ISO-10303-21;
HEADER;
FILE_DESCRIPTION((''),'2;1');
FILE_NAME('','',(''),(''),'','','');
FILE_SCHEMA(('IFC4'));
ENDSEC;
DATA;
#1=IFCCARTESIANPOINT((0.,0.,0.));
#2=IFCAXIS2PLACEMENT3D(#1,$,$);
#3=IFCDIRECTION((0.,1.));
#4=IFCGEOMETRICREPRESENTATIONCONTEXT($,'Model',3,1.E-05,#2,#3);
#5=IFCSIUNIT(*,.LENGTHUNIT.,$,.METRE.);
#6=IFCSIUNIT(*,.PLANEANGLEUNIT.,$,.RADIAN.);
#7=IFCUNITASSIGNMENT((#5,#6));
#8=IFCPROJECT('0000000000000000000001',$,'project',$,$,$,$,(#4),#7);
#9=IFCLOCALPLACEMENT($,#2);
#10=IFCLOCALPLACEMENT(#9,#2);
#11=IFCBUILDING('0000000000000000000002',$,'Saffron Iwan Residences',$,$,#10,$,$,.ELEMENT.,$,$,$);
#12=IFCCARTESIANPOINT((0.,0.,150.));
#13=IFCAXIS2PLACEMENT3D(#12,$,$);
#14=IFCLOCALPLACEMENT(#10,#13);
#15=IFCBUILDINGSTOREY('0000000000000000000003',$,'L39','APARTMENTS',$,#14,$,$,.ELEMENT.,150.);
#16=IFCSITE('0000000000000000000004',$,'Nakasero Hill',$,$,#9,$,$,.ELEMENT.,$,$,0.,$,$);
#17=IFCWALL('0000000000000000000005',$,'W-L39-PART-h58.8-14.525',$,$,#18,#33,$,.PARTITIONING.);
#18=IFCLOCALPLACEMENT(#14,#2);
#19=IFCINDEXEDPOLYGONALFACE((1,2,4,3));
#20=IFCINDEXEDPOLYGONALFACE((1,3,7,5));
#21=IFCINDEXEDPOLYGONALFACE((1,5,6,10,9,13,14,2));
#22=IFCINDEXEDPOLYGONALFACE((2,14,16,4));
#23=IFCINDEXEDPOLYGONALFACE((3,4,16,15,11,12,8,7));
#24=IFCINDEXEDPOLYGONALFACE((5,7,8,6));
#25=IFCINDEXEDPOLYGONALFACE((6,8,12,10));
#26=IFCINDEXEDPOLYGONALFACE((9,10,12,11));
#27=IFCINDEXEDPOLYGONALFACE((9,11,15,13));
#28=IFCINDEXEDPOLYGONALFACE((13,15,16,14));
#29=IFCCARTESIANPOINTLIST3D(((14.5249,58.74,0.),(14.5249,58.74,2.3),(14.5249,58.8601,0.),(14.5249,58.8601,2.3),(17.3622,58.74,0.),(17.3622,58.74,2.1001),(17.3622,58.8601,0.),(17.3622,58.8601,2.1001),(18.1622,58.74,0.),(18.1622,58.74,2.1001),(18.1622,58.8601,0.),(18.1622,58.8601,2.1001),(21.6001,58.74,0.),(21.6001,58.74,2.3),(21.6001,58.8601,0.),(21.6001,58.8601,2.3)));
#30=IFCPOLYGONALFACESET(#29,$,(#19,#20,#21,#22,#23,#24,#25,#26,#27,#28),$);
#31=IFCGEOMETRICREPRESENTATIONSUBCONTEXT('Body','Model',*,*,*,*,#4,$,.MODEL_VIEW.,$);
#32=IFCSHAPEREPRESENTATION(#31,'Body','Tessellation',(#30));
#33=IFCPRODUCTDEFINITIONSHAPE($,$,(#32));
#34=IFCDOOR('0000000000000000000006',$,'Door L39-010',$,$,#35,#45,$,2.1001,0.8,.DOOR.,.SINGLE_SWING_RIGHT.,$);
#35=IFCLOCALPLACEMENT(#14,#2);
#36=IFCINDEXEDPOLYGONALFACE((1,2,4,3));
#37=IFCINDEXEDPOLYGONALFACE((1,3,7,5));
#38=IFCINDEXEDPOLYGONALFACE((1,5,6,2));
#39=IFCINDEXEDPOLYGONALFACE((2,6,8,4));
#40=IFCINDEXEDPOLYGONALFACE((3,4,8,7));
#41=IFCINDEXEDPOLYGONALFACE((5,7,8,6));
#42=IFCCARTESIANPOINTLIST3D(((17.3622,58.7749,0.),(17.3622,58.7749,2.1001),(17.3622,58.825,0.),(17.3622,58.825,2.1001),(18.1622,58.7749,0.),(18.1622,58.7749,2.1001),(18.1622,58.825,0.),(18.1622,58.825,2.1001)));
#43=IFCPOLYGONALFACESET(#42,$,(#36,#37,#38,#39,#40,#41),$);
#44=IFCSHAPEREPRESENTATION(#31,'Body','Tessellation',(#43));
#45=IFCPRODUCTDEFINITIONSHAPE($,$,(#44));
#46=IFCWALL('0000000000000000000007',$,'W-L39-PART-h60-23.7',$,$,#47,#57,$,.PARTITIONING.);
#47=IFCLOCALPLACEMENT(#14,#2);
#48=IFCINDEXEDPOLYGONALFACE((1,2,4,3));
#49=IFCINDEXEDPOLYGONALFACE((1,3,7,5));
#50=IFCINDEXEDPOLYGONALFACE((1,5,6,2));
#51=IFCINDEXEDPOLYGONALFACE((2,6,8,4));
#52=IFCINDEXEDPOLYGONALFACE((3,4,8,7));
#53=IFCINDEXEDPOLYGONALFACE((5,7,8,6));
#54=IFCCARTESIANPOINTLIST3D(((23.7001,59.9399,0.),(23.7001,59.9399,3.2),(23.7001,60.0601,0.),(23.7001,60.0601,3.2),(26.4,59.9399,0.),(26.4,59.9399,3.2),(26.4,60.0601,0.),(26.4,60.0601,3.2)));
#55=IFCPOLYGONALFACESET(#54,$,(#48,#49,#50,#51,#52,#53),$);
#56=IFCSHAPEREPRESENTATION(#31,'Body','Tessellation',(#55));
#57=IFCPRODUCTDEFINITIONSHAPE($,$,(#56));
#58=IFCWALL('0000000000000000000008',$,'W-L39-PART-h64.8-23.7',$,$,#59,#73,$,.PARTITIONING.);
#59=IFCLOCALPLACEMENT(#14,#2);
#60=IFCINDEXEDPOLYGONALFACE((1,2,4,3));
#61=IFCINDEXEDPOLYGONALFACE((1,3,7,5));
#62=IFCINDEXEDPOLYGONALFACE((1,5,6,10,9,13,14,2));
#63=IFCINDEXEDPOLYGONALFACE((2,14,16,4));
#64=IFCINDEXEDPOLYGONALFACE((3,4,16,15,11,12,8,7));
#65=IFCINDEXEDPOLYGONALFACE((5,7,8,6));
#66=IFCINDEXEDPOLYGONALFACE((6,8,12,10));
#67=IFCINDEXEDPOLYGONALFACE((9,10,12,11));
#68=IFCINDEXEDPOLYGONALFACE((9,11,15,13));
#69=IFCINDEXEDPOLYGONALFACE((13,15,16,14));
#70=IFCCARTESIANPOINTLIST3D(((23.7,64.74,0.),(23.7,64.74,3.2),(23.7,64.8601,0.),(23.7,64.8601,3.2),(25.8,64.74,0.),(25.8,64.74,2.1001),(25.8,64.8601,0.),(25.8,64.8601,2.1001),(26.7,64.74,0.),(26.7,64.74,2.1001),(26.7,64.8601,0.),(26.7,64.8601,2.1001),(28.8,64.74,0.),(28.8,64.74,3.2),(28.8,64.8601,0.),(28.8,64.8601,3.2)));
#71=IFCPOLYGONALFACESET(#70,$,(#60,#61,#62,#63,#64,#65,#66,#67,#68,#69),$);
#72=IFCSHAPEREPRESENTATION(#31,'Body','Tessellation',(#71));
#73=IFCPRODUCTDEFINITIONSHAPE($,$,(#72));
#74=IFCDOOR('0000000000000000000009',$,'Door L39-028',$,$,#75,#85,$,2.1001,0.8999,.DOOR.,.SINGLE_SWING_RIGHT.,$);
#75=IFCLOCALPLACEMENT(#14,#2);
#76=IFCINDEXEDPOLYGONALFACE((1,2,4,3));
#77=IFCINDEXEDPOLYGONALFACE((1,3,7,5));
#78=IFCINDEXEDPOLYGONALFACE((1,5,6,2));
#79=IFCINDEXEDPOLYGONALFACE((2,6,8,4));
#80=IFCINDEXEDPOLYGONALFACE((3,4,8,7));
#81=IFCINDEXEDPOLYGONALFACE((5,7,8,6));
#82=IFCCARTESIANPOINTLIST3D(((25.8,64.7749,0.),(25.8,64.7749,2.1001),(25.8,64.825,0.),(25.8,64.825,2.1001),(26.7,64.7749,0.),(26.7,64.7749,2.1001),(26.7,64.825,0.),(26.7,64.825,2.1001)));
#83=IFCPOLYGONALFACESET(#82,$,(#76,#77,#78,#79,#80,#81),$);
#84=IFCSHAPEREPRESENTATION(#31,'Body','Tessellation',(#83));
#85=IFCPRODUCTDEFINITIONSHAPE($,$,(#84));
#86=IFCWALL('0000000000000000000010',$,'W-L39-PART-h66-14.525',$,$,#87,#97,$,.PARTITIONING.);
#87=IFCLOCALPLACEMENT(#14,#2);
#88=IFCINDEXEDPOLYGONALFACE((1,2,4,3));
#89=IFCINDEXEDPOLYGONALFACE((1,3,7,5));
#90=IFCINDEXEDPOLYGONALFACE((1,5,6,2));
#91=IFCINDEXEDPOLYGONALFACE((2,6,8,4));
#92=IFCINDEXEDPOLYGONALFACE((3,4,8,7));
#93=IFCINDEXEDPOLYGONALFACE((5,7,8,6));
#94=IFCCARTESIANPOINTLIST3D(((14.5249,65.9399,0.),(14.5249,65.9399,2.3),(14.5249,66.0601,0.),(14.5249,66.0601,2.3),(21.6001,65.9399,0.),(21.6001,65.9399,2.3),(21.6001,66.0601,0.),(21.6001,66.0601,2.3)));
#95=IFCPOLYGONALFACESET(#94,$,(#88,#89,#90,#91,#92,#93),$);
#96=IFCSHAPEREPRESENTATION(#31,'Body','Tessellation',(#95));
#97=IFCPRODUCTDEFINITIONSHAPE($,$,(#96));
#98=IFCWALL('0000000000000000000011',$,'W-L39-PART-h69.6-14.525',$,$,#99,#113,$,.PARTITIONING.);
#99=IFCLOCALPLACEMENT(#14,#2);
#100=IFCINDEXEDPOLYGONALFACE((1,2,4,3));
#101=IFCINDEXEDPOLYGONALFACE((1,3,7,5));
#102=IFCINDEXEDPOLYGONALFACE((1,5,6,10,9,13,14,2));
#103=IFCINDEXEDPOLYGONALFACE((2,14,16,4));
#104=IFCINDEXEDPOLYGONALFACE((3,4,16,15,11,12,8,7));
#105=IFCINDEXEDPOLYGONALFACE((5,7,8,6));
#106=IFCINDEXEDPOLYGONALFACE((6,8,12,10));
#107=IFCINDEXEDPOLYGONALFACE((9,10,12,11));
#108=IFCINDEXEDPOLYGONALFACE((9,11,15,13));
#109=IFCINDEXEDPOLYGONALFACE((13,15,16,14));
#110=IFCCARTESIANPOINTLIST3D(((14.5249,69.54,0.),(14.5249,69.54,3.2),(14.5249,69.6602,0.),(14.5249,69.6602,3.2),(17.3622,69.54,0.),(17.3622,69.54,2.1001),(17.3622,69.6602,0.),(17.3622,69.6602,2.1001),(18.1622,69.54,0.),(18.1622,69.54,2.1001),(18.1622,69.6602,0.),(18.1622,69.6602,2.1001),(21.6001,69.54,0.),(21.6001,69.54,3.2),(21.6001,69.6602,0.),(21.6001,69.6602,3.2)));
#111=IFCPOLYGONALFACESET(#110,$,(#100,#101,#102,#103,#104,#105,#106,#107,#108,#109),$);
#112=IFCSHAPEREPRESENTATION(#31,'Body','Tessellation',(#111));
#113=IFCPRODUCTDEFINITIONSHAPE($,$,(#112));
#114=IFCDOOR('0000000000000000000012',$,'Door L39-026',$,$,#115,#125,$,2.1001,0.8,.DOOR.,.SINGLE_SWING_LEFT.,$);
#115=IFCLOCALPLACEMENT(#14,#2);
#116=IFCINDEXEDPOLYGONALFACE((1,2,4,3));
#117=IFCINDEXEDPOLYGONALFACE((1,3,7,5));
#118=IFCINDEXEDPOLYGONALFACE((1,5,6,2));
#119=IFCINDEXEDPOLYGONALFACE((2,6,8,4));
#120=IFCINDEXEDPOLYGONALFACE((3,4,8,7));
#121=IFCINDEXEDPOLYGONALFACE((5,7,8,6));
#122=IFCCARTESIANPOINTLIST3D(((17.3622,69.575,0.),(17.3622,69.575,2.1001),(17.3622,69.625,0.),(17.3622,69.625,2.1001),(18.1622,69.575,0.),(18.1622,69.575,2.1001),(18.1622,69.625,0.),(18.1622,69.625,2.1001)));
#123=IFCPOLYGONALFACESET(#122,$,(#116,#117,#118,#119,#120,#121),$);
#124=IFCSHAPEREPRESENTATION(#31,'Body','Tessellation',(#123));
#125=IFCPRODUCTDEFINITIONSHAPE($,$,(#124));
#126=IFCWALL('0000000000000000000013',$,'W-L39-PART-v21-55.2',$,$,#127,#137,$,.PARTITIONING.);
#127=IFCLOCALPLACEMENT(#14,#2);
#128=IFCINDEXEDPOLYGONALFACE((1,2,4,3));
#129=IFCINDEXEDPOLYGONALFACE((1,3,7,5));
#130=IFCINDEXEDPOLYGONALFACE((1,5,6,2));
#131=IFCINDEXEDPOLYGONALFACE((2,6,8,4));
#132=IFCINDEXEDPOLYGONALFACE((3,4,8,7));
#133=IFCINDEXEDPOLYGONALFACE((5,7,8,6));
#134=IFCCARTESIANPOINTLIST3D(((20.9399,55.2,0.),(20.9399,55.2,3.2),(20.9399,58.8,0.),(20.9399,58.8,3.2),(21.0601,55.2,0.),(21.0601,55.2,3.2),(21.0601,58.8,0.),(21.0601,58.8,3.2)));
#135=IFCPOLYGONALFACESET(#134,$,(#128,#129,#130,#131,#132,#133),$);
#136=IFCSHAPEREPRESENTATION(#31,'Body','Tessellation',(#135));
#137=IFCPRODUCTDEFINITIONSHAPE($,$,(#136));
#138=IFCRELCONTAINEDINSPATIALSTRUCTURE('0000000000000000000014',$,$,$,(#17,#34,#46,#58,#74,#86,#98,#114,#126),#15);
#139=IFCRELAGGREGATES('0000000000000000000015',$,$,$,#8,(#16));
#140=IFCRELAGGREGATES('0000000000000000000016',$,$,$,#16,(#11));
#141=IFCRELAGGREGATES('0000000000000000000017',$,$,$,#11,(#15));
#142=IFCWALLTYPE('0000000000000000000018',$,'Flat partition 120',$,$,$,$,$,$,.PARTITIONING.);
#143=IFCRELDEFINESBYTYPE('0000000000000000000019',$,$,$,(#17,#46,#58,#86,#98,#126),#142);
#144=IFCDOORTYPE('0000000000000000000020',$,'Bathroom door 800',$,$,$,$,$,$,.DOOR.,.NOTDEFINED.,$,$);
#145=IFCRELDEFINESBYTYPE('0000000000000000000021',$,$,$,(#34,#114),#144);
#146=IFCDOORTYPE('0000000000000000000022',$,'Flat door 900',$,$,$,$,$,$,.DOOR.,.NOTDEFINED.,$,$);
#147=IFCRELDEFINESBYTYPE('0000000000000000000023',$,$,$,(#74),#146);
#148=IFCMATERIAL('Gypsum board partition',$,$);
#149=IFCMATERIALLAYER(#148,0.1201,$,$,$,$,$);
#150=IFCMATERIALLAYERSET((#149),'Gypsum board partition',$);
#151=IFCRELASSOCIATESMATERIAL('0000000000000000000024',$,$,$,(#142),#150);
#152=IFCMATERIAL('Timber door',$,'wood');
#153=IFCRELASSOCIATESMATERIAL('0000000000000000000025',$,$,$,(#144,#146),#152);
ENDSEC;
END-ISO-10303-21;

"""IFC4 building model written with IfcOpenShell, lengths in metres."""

from ifc_helpers import new_model, si_unit, direction, frame, frame_2d, origin, place, context, subcontext, project, spatial, rectangle, extrude, material, layer, layer_set, type_object, element, fill, save


model = new_model("IFC4")

# Units and contexts
model_context = context("Model", 3, precision=1e-05, world=origin(), true_north=direction((0.0, 1.0)))
body_context = subcontext(model_context, "Body", "Model", "MODEL_VIEW")
ifc_project = project(units=[si_unit("LENGTHUNIT", "METRE"), si_unit("PLANEANGLEUNIT", "RADIAN")], contexts=[model_context])

# Site, building, storey
site_placement = place(None, origin())
site = spatial("IfcSite", under=ifc_project, at=site_placement, Name="Nakasero Hill", CompositionType="ELEMENT", RefElevation=0.0)
building_placement = place(site_placement, origin())
building = spatial("IfcBuilding", under=site, at=building_placement, Name="Saffron Iwan Residences", CompositionType="ELEMENT")
storey_placement = place(building_placement, frame((0.0, 0.0, 150.0)))
storey = spatial("IfcBuildingStorey", under=building, at=storey_placement, Name="L39", Description="APARTMENTS", CompositionType="ELEMENT", Elevation=150.0)

# Shared definitions
ifc_material_1 = material(Name="Gypsum board partition")
ifc_layer_1 = layer(ifc_material_1, 0.1201)
ifc_layer_set_1 = layer_set([ifc_layer_1], Name="Gypsum board partition")
wall_type_1 = type_object("IfcWallType", Name="Flat partition 120", PredefinedType="PARTITIONING", material=ifc_layer_set_1)

# Wall, opening, door
wall_1_placement = place(storey_placement, frame((14.5249, 58.8, 0.0), z_axis=(0.0, 0.0, 1.0), x_axis=(1.0, 0.0, 0.0)))
wall_1 = element("IfcWall", 1, at=wall_1_placement, inside=storey, type_object=wall_type_1, Name="W-L39-PART-h58.8-14.525", PredefinedType="PARTITIONING", context=body_context, shape_type="SweptSolid", body=[
    extrude(rectangle(XDim=7.0752, YDim=0.1201, at=frame_2d((3.5376, 0.0))), origin(), (0.0, 0.0, 1.0), 2.3),
])
opening_1_placement = place(wall_1_placement, frame((2.8374, 0.0, 0.0)))
opening_1 = element("IfcOpeningElement", 2, at=opening_1_placement, cuts=wall_1, PredefinedType="OPENING", context=body_context, shape_type="SweptSolid", body=[
    extrude(rectangle(XDim=0.8, YDim=2.1001, at=frame_2d((0.3999, 1.05))), frame((0.0, 0.0701, 0.0), z_axis=(0.0, -1.0, 0.0), x_axis=(1.0, 0.0, 0.0)), (0.0, 0.0, 1.0), 0.1401),
])
ifc_material_2 = material(Name="Timber door", Category="wood")
door_type_1 = type_object("IfcDoorType", Name="Bathroom door 800", OperationType="NOTDEFINED", PredefinedType="DOOR", material=ifc_material_2)
door_1_placement = place(opening_1_placement, origin())
door_1 = element("IfcDoor", 3, at=door_1_placement, inside=storey, type_object=door_type_1, Name="Door L39-010", OperationType="SINGLE_SWING_RIGHT", OverallHeight=2.1001, OverallWidth=0.8, PredefinedType="DOOR", context=body_context, shape_type="SweptSolid", body=[
    extrude(rectangle(XDim=0.8, YDim=2.1001, at=frame_2d((0.3999, 1.05))), frame((0.0, 0.0249, 0.0), z_axis=(0.0, -1.0, 0.0), x_axis=(1.0, 0.0, 0.0)), (0.0, 0.0, 1.0), 0.05),
])
fill(opening_1, door_1)

# Wall
wall_2_placement = place(storey_placement, frame((23.7, 60.0, 0.0), z_axis=(0.0, 0.0, 1.0), x_axis=(1.0, 0.0, 0.0)))
element("IfcWall", 4, at=wall_2_placement, inside=storey, type_object=wall_type_1, Name="W-L39-PART-h60-23.7", PredefinedType="PARTITIONING", context=body_context, shape_type="SweptSolid", body=[
    extrude(rectangle(XDim=2.7, YDim=0.1201, at=frame_2d((1.3501, 0.0))), origin(), (0.0, 0.0, 1.0), 3.2),
])

# Wall, opening, door
wall_3_placement = place(storey_placement, frame((23.7, 64.8, 0.0), z_axis=(0.0, 0.0, 1.0), x_axis=(1.0, 0.0, 0.0)))
wall_3 = element("IfcWall", 5, at=wall_3_placement, inside=storey, type_object=wall_type_1, Name="W-L39-PART-h64.8-23.7", PredefinedType="PARTITIONING", context=body_context, shape_type="SweptSolid", body=[
    extrude(rectangle(XDim=5.1001, YDim=0.1201, at=frame_2d((2.55, 0.0))), origin(), (0.0, 0.0, 1.0), 3.2),
])
opening_2_placement = place(wall_3_placement, frame((2.1001, 0.0, 0.0)))
opening_2 = element("IfcOpeningElement", 6, at=opening_2_placement, cuts=wall_3, PredefinedType="OPENING", context=body_context, shape_type="SweptSolid", body=[
    extrude(rectangle(XDim=0.8999, YDim=2.1001, at=frame_2d((0.45, 1.05))), frame((0.0, 0.0701, 0.0), z_axis=(0.0, -1.0, 0.0), x_axis=(1.0, 0.0, 0.0)), (0.0, 0.0, 1.0), 0.1401),
])
door_type_2 = type_object("IfcDoorType", Name="Flat door 900", OperationType="NOTDEFINED", PredefinedType="DOOR", material=ifc_material_2)
door_2_placement = place(opening_2_placement, origin())
door_2 = element("IfcDoor", 7, at=door_2_placement, inside=storey, type_object=door_type_2, Name="Door L39-028", OperationType="SINGLE_SWING_RIGHT", OverallHeight=2.1001, OverallWidth=0.8999, PredefinedType="DOOR", context=body_context, shape_type="SweptSolid", body=[
    extrude(rectangle(XDim=0.8999, YDim=2.1001, at=frame_2d((0.45, 1.05))), frame((0.0, 0.0249, 0.0), z_axis=(0.0, -1.0, 0.0), x_axis=(1.0, 0.0, 0.0)), (0.0, 0.0, 1.0), 0.05),
])
fill(opening_2, door_2)

# Wall
wall_4_placement = place(storey_placement, frame((14.5249, 66.0, 0.0), z_axis=(0.0, 0.0, 1.0), x_axis=(1.0, 0.0, 0.0)))
element("IfcWall", 8, at=wall_4_placement, inside=storey, type_object=wall_type_1, Name="W-L39-PART-h66-14.525", PredefinedType="PARTITIONING", context=body_context, shape_type="SweptSolid", body=[
    extrude(rectangle(XDim=7.0752, YDim=0.1201, at=frame_2d((3.5376, 0.0))), origin(), (0.0, 0.0, 1.0), 2.3),
])

# Wall, opening, door
wall_5_placement = place(storey_placement, frame((14.5249, 69.6001, 0.0), z_axis=(0.0, 0.0, 1.0), x_axis=(1.0, 0.0, 0.0)))
wall_5 = element("IfcWall", 9, at=wall_5_placement, inside=storey, type_object=wall_type_1, Name="W-L39-PART-h69.6-14.525", PredefinedType="PARTITIONING", context=body_context, shape_type="SweptSolid", body=[
    extrude(rectangle(XDim=7.0752, YDim=0.1201, at=frame_2d((3.5376, 0.0))), origin(), (0.0, 0.0, 1.0), 3.2),
])
opening_3_placement = place(wall_5_placement, frame((2.8374, 0.0, 0.0)))
opening_3 = element("IfcOpeningElement", 10, at=opening_3_placement, cuts=wall_5, PredefinedType="OPENING", context=body_context, shape_type="SweptSolid", body=[
    extrude(rectangle(XDim=0.8, YDim=2.1001, at=frame_2d((0.3999, 1.05))), frame((0.0, 0.0701, 0.0), z_axis=(0.0, -1.0, 0.0), x_axis=(1.0, 0.0, 0.0)), (0.0, 0.0, 1.0), 0.1401),
])
door_3_placement = place(opening_3_placement, origin())
door_3 = element("IfcDoor", 11, at=door_3_placement, inside=storey, type_object=door_type_1, Name="Door L39-026", OperationType="SINGLE_SWING_LEFT", OverallHeight=2.1001, OverallWidth=0.8, PredefinedType="DOOR", context=body_context, shape_type="SweptSolid", body=[
    extrude(rectangle(XDim=0.8, YDim=2.1001, at=frame_2d((0.3999, 1.05))), frame((0.0, 0.0249, 0.0), z_axis=(0.0, -1.0, 0.0), x_axis=(1.0, 0.0, 0.0)), (0.0, 0.0, 1.0), 0.05),
])
fill(opening_3, door_3)

# Wall
wall_6_placement = place(storey_placement, frame((21.0, 55.2, 0.0), z_axis=(0.0, 0.0, 1.0), x_axis=(0.0, 1.0, 0.0)))
element("IfcWall", 12, at=wall_6_placement, inside=storey, type_object=wall_type_1, Name="W-L39-PART-v21-55.2", PredefinedType="PARTITIONING", context=body_context, shape_type="SweptSolid", body=[
    extrude(rectangle(XDim=3.6001, YDim=0.1201, at=frame_2d((1.8, 0.0))), origin(), (0.0, 0.0, 1.0), 3.2),
])

save(model, "model.ifc")
